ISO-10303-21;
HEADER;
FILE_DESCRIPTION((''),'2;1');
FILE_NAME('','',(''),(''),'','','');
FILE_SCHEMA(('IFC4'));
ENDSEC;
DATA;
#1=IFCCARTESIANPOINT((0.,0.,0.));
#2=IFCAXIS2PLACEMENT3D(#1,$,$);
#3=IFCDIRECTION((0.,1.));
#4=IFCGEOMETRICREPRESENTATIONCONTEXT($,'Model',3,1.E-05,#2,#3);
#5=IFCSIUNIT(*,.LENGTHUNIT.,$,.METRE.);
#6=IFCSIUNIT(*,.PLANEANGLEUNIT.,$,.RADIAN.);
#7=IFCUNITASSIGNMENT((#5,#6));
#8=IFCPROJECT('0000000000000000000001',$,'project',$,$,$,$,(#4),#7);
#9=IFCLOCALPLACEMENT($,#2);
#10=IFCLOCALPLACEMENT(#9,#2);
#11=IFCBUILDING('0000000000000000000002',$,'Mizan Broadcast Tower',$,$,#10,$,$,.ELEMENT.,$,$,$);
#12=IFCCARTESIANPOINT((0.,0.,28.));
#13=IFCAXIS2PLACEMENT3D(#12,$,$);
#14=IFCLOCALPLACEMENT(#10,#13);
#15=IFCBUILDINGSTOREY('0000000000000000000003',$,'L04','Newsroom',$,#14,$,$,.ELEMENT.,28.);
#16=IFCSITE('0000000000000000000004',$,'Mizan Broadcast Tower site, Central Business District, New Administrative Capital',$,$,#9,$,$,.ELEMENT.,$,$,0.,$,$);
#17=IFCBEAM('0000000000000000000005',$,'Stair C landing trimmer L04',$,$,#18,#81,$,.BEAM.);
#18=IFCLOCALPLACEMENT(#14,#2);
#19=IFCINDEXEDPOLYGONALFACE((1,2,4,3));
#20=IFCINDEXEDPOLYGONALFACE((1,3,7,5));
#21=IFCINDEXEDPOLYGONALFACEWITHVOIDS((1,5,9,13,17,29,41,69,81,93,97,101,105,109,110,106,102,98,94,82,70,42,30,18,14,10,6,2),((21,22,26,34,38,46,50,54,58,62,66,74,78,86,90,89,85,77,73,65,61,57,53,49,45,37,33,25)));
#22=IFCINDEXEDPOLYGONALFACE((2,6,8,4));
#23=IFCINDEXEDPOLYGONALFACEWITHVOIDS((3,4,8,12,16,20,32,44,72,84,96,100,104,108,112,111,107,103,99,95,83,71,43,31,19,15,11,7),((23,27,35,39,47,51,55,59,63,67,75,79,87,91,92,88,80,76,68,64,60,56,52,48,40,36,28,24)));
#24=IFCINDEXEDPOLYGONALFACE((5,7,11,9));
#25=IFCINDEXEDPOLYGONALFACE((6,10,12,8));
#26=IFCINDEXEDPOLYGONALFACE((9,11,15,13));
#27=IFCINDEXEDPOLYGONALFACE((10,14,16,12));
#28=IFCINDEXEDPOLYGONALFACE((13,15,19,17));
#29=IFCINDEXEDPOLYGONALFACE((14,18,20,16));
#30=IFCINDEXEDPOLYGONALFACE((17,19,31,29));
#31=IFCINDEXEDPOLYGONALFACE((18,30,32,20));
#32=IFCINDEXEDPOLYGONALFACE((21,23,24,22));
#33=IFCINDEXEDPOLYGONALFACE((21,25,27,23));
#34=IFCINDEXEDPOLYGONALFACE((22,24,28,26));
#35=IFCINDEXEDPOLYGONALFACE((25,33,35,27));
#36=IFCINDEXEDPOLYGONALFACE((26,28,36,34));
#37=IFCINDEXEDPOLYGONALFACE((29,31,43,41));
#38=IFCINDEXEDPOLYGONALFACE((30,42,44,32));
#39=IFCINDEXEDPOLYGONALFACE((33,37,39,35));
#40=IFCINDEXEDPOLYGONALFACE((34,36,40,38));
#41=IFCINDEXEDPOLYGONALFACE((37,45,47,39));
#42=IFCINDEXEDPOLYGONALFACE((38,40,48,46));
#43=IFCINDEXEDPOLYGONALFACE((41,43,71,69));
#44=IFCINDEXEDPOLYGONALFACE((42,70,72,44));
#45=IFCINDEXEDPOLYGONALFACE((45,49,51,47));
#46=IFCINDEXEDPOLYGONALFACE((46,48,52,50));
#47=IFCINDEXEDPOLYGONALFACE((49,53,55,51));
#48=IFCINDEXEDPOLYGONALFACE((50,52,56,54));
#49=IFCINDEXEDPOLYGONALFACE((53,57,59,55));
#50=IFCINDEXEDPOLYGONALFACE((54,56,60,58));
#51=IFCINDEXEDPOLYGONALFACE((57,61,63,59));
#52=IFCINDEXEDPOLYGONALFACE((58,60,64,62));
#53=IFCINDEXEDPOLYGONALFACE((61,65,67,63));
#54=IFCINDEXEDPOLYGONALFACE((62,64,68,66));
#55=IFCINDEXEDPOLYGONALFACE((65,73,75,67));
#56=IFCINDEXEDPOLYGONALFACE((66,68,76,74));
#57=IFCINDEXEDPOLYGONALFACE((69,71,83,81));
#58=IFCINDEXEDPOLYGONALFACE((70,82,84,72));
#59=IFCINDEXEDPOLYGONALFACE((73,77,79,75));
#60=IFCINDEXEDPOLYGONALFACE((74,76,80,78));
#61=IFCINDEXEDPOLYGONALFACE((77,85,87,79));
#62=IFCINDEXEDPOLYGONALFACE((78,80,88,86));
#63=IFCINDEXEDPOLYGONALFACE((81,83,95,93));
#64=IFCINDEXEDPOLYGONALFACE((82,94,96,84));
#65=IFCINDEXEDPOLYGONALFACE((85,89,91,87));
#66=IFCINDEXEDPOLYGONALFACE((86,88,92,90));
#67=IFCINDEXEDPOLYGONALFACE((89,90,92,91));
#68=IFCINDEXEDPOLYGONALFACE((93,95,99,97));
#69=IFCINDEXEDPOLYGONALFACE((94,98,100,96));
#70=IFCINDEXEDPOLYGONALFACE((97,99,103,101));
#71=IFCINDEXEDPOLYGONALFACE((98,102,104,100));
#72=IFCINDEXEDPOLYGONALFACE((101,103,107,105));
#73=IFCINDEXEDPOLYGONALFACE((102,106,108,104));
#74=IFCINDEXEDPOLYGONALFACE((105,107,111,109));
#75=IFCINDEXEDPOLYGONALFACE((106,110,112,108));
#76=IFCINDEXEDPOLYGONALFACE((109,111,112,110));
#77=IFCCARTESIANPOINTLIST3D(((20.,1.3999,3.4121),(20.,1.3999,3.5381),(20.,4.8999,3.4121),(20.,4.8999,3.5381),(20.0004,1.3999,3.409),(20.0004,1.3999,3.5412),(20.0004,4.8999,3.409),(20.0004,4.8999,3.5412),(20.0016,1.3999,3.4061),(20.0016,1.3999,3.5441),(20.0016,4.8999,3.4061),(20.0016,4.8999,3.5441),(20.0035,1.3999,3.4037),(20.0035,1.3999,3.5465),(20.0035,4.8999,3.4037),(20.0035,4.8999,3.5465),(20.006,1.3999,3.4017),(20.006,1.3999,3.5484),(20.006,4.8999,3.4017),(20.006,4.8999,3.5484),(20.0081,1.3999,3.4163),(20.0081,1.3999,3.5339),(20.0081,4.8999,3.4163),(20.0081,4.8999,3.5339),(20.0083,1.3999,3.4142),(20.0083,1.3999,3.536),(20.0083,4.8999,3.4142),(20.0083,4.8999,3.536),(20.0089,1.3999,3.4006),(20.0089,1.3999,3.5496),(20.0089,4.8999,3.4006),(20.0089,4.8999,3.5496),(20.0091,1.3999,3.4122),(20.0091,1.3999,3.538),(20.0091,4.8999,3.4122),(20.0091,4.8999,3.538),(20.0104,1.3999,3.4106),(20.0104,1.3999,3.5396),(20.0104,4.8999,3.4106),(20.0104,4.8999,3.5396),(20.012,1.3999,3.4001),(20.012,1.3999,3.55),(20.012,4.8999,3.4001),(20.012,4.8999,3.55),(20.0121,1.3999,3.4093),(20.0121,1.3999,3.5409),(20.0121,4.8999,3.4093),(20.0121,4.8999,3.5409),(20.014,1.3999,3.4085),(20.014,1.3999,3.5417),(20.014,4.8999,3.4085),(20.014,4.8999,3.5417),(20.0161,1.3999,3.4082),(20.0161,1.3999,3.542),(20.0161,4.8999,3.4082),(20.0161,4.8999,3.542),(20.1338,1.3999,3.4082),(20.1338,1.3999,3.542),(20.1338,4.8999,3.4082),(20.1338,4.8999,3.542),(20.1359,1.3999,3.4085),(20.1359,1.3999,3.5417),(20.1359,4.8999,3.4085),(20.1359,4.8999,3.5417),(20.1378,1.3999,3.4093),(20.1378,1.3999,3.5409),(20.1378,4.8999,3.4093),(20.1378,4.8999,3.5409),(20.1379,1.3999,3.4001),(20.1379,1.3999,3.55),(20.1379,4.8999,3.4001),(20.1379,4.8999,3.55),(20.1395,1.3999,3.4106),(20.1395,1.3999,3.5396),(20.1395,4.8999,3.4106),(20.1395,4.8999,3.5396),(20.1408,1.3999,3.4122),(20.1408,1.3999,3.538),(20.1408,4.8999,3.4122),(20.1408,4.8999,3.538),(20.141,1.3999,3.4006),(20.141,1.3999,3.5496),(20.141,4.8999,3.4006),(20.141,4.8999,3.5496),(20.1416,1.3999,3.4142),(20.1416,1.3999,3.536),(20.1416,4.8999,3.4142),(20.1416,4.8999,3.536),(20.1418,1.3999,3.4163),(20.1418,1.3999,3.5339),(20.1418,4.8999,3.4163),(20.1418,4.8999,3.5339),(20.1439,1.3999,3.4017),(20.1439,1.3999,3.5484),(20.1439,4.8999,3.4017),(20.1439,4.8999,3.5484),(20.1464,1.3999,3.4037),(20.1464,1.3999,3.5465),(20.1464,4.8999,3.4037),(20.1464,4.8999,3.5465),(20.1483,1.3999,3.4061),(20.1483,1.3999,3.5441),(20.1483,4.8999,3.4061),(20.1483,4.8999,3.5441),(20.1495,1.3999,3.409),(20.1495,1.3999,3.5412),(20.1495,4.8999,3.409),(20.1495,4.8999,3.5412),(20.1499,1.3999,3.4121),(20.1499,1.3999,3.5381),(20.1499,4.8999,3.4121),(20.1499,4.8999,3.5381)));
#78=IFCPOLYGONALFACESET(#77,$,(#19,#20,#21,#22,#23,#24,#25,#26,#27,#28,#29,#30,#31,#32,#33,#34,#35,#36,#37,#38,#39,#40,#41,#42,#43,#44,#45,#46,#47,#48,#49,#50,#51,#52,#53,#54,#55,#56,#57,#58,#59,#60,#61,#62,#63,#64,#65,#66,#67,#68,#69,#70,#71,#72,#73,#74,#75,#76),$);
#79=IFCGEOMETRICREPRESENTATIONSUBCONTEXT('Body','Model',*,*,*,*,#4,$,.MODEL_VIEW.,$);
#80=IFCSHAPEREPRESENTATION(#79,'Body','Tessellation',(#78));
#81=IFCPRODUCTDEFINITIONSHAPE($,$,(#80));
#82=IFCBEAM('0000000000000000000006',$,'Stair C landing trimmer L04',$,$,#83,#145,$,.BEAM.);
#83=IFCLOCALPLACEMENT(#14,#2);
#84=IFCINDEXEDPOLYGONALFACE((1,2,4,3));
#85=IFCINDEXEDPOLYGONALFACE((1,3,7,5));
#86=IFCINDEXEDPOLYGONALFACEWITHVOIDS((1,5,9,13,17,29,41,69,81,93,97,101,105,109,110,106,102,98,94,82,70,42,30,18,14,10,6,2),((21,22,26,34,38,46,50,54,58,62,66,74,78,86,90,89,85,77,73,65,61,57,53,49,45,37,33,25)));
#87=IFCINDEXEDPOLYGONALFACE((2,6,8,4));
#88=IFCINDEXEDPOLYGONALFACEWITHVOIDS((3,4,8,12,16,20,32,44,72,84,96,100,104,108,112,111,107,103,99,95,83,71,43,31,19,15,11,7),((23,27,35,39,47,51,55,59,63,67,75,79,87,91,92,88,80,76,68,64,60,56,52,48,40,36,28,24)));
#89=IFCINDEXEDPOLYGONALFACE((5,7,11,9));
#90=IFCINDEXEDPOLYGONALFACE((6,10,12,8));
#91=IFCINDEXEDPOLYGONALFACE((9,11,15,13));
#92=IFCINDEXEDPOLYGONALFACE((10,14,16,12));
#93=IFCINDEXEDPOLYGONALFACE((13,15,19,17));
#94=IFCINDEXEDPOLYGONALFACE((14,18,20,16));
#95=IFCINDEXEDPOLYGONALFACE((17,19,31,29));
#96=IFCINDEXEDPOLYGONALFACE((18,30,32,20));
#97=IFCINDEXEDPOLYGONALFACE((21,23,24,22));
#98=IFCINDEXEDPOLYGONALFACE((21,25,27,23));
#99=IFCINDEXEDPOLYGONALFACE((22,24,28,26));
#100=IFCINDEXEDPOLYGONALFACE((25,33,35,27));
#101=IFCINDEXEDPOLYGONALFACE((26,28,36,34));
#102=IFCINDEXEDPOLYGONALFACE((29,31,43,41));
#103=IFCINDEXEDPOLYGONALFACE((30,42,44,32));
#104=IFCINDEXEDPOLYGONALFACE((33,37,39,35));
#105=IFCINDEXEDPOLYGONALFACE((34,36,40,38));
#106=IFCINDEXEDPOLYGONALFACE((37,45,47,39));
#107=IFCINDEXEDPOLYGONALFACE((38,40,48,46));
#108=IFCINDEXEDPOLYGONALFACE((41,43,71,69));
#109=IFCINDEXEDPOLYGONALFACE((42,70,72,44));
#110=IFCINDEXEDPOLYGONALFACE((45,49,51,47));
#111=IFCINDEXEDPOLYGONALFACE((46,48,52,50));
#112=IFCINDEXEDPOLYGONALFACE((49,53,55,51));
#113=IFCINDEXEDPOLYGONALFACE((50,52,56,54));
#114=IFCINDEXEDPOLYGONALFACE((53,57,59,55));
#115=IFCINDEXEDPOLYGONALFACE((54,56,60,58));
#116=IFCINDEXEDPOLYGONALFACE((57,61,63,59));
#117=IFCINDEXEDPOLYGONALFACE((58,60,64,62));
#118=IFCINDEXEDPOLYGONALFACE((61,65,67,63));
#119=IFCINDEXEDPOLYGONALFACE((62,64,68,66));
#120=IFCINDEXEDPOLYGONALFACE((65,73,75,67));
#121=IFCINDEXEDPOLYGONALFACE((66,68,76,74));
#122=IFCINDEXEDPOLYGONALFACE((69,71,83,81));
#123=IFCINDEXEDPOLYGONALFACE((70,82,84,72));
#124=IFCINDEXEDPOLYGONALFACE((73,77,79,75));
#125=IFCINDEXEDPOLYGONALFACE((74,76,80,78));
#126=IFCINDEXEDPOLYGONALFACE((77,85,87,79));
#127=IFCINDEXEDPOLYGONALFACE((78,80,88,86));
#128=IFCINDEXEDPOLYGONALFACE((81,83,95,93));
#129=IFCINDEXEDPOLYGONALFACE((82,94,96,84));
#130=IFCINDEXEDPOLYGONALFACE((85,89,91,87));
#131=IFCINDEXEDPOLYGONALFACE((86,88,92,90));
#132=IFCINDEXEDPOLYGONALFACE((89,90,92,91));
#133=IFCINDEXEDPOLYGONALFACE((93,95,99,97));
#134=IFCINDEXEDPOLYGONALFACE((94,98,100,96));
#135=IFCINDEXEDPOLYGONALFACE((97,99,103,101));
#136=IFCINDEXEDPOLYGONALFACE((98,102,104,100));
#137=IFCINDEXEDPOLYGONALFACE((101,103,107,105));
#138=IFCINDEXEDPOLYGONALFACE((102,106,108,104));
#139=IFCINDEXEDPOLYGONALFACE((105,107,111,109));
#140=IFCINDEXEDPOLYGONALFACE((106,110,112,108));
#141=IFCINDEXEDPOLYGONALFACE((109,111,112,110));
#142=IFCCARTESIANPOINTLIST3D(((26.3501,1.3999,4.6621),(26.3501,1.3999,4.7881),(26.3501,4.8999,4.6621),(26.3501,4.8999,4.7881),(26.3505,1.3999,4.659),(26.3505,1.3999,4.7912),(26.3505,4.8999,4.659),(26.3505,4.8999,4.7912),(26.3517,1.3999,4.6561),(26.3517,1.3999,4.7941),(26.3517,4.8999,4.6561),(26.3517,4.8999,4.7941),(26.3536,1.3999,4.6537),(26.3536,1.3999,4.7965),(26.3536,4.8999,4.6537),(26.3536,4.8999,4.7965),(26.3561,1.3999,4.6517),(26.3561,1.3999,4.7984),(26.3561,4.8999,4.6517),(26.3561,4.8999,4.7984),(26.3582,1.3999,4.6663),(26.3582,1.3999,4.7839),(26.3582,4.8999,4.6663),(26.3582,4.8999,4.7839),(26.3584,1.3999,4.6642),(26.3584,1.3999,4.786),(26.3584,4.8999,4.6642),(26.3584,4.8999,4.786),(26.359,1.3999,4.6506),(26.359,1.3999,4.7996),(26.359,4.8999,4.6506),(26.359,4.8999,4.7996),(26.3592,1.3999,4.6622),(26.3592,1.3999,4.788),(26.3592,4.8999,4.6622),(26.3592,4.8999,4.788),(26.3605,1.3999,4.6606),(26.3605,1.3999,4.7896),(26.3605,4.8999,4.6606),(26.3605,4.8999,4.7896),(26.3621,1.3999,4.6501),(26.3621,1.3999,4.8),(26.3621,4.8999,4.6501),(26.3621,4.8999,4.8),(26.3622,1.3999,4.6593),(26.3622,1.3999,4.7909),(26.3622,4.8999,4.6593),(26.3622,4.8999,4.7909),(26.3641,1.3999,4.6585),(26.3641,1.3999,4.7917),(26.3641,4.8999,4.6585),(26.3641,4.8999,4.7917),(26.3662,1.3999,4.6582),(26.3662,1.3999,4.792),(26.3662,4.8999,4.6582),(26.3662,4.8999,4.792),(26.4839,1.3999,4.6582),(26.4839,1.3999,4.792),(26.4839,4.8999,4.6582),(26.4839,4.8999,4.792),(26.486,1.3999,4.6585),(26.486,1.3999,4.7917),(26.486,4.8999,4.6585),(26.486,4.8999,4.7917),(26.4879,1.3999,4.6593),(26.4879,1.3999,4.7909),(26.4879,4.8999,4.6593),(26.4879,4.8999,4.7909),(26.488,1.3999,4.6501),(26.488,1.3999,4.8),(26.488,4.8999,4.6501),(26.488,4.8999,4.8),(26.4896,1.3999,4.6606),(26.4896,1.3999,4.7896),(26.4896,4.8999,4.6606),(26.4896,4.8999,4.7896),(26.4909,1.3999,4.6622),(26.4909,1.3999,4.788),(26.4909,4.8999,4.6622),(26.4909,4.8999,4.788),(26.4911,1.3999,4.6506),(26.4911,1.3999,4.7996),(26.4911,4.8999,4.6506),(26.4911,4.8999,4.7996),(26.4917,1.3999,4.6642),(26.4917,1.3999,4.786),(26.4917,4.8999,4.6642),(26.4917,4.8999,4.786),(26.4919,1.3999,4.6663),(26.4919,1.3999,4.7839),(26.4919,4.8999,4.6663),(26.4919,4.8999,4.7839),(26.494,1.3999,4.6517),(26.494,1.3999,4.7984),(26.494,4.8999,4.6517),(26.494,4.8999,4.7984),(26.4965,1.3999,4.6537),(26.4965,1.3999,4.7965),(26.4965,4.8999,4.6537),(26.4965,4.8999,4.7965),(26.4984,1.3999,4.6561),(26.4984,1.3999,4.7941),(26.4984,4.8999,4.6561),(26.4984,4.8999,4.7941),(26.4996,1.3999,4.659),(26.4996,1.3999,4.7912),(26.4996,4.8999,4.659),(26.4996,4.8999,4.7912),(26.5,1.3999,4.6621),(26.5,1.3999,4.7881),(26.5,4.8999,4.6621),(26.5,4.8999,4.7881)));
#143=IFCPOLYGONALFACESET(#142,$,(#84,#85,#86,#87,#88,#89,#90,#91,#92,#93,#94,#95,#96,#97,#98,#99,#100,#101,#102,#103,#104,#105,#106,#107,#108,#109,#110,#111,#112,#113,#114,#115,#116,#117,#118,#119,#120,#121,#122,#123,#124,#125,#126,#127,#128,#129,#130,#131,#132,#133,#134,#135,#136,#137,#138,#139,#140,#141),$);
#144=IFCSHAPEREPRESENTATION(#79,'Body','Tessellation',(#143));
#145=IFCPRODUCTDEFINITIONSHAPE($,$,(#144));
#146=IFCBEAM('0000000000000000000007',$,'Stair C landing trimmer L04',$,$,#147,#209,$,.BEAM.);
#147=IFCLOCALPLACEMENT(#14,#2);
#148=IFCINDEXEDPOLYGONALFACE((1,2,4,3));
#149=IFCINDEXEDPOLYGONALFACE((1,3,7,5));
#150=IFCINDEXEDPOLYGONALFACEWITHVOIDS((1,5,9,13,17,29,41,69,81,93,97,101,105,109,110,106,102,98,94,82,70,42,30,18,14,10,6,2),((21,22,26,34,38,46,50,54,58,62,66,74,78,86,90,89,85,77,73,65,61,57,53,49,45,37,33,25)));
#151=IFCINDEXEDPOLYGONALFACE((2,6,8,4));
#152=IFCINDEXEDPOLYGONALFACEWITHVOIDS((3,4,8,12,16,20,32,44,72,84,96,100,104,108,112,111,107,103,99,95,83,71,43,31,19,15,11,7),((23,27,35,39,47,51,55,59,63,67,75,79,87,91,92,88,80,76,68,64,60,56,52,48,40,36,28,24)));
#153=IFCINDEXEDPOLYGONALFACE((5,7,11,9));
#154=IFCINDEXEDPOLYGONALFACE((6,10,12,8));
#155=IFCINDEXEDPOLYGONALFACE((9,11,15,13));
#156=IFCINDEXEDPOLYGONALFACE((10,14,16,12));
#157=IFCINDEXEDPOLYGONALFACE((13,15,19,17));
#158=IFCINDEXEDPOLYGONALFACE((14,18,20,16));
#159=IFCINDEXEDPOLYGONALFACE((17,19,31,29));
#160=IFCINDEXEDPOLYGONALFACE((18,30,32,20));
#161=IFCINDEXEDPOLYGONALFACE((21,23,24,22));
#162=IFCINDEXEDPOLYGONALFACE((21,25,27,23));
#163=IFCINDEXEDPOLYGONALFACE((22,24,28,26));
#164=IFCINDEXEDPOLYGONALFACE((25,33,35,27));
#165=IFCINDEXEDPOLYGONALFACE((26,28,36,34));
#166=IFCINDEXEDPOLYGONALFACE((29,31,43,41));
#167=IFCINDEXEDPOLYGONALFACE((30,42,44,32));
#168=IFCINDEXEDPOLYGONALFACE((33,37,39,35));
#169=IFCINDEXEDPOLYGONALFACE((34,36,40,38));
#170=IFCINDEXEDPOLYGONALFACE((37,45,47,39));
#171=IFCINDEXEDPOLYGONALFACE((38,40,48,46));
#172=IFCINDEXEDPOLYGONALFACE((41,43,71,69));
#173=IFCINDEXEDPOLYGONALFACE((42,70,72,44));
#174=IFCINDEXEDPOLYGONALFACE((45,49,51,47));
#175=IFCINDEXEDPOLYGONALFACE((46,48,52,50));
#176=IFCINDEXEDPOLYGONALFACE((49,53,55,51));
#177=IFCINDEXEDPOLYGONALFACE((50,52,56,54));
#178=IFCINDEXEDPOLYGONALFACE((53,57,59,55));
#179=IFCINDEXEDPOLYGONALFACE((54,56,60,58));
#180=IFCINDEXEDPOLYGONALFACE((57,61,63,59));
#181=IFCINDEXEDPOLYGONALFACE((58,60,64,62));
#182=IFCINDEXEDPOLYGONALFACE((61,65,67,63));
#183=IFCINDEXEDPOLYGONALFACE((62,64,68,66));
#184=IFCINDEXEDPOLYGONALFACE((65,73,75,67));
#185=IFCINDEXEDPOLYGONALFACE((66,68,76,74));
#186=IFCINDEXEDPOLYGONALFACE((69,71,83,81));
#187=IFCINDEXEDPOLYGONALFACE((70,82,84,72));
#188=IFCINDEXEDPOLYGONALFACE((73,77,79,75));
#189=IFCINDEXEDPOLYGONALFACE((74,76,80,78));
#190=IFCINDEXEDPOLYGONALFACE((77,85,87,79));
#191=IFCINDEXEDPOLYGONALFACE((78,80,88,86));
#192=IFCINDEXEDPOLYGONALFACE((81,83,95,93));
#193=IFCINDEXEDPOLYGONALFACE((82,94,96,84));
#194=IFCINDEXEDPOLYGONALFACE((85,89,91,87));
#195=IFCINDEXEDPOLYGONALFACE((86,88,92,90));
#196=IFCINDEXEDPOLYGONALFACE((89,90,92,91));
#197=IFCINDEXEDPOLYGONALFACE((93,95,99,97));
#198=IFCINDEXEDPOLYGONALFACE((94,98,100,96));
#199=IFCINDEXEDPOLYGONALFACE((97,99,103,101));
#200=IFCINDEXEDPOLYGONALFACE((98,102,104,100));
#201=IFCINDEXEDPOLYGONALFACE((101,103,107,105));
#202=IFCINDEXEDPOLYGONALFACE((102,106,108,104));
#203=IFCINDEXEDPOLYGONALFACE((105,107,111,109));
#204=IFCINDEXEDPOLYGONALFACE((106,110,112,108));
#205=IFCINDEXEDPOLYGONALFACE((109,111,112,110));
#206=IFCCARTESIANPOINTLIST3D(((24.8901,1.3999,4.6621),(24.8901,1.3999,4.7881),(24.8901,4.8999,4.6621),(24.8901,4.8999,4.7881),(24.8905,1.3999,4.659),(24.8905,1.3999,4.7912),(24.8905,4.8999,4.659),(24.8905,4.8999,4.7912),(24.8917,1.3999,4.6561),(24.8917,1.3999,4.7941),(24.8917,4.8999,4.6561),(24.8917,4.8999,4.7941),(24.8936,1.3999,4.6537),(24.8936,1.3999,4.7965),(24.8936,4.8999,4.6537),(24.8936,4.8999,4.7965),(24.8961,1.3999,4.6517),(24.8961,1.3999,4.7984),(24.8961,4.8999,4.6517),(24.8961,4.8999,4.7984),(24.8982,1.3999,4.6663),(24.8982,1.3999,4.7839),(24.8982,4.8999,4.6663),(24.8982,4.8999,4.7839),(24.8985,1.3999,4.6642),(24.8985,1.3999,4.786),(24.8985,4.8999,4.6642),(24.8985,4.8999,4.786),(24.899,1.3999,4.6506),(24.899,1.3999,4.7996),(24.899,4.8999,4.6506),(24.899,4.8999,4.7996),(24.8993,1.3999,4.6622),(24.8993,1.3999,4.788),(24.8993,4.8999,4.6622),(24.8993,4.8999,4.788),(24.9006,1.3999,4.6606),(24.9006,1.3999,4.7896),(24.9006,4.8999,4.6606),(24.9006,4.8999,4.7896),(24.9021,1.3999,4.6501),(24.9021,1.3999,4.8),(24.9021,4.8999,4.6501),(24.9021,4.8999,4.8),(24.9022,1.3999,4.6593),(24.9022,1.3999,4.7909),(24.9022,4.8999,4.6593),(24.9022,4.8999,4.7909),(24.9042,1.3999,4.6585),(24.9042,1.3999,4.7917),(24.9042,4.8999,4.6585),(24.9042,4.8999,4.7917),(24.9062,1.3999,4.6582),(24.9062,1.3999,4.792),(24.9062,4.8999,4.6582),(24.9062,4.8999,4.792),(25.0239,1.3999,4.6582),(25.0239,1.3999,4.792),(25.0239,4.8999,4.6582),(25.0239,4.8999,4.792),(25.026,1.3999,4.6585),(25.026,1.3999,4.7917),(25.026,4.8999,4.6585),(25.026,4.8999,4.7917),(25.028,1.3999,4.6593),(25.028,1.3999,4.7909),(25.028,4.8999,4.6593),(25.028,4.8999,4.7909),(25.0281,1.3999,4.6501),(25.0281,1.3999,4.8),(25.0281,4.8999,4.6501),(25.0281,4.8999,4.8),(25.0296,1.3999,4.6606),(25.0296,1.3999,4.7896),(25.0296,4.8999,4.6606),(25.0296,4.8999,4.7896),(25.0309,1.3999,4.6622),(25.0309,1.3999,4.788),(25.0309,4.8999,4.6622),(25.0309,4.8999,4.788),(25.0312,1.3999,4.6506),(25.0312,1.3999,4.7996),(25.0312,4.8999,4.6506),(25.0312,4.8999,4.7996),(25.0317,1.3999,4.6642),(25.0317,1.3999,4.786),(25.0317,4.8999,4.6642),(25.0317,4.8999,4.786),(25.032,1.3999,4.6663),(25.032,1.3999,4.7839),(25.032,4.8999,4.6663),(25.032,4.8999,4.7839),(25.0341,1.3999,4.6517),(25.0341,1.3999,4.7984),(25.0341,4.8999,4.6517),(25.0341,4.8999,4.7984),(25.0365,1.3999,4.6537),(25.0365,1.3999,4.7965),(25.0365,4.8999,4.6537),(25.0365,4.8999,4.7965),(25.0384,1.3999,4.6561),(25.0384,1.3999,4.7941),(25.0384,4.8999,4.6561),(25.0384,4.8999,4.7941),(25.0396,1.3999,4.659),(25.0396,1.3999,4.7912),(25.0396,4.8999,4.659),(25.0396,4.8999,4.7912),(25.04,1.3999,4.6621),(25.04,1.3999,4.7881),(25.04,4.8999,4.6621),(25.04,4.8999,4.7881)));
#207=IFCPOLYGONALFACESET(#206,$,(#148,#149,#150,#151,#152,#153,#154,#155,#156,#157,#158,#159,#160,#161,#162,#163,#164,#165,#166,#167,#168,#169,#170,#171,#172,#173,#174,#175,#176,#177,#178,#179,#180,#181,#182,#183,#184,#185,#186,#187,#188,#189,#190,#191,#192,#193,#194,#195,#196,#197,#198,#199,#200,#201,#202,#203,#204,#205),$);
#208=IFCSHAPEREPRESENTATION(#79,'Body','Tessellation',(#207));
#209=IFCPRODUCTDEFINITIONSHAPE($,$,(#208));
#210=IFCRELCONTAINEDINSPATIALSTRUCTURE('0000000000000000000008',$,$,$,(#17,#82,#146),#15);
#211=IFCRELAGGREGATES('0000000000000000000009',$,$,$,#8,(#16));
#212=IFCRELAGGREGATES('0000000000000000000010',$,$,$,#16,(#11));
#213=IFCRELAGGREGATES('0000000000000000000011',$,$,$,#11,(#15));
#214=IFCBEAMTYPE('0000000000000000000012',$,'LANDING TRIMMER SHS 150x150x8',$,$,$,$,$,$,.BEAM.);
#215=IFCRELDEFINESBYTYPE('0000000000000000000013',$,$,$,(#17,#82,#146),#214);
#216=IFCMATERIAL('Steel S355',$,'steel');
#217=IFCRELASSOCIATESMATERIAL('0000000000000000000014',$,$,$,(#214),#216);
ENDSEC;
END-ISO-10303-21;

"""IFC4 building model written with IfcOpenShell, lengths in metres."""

from ifc_helpers import new_model, si_unit, direction, frame, origin, origin_2d, place, context, subcontext, project, spatial, hollow_rectangle, extrude, material, material_profile, profile_set, type_object, element, save


model = new_model("IFC4")

# Units and contexts
model_context = context("Model", 3, precision=1e-05, world=origin(), true_north=direction((0.0, 1.0)))
body_context = subcontext(model_context, "Body", "Model", "MODEL_VIEW")
ifc_project = project(units=[si_unit("LENGTHUNIT", "METRE"), si_unit("PLANEANGLEUNIT", "RADIAN")], contexts=[model_context])

# Site, building, storey
site_placement = place(None, origin())
site = spatial("IfcSite", under=ifc_project, at=site_placement, Name="Mizan Broadcast Tower site, Central Business District, New Administrative Capital", CompositionType="ELEMENT", RefElevation=0.0)
building_placement = place(site_placement, origin())
building = spatial("IfcBuilding", under=site, at=building_placement, Name="Mizan Broadcast Tower", CompositionType="ELEMENT")
storey_placement = place(building_placement, frame((0.0, 0.0, 28.0)))
storey = spatial("IfcBuildingStorey", under=building, at=storey_placement, Name="L04", Description="Newsroom", CompositionType="ELEMENT", Elevation=28.0)

# Beams
ifc_material_1 = material(Name="Steel S355", Category="steel")
ifc_material_profile_1 = material_profile(ifc_material_1, hollow_rectangle(XDim=0.1499, YDim=0.1499, WallThickness=0.0081, InnerFilletRadius=0.0081, OuterFilletRadius=0.012, at=origin_2d()), Name="SHS 150x150x8")
ifc_profile_set_1 = profile_set([ifc_material_profile_1], Name="Steel S355")
beam_type_1 = type_object("IfcBeamType", Name="LANDING TRIMMER SHS 150x150x8", PredefinedType="BEAM", material=ifc_profile_set_1)
for number, where, z_axis, x_axis, name in (
    (1, (20.075, 1.3999, 3.4751), (0.0, 1.0, 0.0), (-1.0, 0.0, 0.0), "Stair C landing trimmer L04"),
    (2, (26.425, 1.3999, 4.7251), (0.0, 1.0, 0.0), (-1.0, 0.0, 0.0), "Stair C landing trimmer L04"),
    (3, (24.9651, 1.3999, 4.7251), (0.0, 1.0, 0.0), (-1.0, 0.0, 0.0), "Stair C landing trimmer L04"),
):
    element("IfcBeam", number, at=place(storey_placement, frame(where, z_axis=z_axis, x_axis=x_axis)), inside=storey, type_object=beam_type_1, Name=name, PredefinedType="BEAM", context=body_context, shape_type="SweptSolid", body=[
        extrude(hollow_rectangle(XDim=0.1499, YDim=0.1499, WallThickness=0.0081, InnerFilletRadius=0.0081, OuterFilletRadius=0.012, at=origin_2d()), origin(), (0.0, 0.0, 1.0), 3.5),
    ])

save(model, "model.ifc")
